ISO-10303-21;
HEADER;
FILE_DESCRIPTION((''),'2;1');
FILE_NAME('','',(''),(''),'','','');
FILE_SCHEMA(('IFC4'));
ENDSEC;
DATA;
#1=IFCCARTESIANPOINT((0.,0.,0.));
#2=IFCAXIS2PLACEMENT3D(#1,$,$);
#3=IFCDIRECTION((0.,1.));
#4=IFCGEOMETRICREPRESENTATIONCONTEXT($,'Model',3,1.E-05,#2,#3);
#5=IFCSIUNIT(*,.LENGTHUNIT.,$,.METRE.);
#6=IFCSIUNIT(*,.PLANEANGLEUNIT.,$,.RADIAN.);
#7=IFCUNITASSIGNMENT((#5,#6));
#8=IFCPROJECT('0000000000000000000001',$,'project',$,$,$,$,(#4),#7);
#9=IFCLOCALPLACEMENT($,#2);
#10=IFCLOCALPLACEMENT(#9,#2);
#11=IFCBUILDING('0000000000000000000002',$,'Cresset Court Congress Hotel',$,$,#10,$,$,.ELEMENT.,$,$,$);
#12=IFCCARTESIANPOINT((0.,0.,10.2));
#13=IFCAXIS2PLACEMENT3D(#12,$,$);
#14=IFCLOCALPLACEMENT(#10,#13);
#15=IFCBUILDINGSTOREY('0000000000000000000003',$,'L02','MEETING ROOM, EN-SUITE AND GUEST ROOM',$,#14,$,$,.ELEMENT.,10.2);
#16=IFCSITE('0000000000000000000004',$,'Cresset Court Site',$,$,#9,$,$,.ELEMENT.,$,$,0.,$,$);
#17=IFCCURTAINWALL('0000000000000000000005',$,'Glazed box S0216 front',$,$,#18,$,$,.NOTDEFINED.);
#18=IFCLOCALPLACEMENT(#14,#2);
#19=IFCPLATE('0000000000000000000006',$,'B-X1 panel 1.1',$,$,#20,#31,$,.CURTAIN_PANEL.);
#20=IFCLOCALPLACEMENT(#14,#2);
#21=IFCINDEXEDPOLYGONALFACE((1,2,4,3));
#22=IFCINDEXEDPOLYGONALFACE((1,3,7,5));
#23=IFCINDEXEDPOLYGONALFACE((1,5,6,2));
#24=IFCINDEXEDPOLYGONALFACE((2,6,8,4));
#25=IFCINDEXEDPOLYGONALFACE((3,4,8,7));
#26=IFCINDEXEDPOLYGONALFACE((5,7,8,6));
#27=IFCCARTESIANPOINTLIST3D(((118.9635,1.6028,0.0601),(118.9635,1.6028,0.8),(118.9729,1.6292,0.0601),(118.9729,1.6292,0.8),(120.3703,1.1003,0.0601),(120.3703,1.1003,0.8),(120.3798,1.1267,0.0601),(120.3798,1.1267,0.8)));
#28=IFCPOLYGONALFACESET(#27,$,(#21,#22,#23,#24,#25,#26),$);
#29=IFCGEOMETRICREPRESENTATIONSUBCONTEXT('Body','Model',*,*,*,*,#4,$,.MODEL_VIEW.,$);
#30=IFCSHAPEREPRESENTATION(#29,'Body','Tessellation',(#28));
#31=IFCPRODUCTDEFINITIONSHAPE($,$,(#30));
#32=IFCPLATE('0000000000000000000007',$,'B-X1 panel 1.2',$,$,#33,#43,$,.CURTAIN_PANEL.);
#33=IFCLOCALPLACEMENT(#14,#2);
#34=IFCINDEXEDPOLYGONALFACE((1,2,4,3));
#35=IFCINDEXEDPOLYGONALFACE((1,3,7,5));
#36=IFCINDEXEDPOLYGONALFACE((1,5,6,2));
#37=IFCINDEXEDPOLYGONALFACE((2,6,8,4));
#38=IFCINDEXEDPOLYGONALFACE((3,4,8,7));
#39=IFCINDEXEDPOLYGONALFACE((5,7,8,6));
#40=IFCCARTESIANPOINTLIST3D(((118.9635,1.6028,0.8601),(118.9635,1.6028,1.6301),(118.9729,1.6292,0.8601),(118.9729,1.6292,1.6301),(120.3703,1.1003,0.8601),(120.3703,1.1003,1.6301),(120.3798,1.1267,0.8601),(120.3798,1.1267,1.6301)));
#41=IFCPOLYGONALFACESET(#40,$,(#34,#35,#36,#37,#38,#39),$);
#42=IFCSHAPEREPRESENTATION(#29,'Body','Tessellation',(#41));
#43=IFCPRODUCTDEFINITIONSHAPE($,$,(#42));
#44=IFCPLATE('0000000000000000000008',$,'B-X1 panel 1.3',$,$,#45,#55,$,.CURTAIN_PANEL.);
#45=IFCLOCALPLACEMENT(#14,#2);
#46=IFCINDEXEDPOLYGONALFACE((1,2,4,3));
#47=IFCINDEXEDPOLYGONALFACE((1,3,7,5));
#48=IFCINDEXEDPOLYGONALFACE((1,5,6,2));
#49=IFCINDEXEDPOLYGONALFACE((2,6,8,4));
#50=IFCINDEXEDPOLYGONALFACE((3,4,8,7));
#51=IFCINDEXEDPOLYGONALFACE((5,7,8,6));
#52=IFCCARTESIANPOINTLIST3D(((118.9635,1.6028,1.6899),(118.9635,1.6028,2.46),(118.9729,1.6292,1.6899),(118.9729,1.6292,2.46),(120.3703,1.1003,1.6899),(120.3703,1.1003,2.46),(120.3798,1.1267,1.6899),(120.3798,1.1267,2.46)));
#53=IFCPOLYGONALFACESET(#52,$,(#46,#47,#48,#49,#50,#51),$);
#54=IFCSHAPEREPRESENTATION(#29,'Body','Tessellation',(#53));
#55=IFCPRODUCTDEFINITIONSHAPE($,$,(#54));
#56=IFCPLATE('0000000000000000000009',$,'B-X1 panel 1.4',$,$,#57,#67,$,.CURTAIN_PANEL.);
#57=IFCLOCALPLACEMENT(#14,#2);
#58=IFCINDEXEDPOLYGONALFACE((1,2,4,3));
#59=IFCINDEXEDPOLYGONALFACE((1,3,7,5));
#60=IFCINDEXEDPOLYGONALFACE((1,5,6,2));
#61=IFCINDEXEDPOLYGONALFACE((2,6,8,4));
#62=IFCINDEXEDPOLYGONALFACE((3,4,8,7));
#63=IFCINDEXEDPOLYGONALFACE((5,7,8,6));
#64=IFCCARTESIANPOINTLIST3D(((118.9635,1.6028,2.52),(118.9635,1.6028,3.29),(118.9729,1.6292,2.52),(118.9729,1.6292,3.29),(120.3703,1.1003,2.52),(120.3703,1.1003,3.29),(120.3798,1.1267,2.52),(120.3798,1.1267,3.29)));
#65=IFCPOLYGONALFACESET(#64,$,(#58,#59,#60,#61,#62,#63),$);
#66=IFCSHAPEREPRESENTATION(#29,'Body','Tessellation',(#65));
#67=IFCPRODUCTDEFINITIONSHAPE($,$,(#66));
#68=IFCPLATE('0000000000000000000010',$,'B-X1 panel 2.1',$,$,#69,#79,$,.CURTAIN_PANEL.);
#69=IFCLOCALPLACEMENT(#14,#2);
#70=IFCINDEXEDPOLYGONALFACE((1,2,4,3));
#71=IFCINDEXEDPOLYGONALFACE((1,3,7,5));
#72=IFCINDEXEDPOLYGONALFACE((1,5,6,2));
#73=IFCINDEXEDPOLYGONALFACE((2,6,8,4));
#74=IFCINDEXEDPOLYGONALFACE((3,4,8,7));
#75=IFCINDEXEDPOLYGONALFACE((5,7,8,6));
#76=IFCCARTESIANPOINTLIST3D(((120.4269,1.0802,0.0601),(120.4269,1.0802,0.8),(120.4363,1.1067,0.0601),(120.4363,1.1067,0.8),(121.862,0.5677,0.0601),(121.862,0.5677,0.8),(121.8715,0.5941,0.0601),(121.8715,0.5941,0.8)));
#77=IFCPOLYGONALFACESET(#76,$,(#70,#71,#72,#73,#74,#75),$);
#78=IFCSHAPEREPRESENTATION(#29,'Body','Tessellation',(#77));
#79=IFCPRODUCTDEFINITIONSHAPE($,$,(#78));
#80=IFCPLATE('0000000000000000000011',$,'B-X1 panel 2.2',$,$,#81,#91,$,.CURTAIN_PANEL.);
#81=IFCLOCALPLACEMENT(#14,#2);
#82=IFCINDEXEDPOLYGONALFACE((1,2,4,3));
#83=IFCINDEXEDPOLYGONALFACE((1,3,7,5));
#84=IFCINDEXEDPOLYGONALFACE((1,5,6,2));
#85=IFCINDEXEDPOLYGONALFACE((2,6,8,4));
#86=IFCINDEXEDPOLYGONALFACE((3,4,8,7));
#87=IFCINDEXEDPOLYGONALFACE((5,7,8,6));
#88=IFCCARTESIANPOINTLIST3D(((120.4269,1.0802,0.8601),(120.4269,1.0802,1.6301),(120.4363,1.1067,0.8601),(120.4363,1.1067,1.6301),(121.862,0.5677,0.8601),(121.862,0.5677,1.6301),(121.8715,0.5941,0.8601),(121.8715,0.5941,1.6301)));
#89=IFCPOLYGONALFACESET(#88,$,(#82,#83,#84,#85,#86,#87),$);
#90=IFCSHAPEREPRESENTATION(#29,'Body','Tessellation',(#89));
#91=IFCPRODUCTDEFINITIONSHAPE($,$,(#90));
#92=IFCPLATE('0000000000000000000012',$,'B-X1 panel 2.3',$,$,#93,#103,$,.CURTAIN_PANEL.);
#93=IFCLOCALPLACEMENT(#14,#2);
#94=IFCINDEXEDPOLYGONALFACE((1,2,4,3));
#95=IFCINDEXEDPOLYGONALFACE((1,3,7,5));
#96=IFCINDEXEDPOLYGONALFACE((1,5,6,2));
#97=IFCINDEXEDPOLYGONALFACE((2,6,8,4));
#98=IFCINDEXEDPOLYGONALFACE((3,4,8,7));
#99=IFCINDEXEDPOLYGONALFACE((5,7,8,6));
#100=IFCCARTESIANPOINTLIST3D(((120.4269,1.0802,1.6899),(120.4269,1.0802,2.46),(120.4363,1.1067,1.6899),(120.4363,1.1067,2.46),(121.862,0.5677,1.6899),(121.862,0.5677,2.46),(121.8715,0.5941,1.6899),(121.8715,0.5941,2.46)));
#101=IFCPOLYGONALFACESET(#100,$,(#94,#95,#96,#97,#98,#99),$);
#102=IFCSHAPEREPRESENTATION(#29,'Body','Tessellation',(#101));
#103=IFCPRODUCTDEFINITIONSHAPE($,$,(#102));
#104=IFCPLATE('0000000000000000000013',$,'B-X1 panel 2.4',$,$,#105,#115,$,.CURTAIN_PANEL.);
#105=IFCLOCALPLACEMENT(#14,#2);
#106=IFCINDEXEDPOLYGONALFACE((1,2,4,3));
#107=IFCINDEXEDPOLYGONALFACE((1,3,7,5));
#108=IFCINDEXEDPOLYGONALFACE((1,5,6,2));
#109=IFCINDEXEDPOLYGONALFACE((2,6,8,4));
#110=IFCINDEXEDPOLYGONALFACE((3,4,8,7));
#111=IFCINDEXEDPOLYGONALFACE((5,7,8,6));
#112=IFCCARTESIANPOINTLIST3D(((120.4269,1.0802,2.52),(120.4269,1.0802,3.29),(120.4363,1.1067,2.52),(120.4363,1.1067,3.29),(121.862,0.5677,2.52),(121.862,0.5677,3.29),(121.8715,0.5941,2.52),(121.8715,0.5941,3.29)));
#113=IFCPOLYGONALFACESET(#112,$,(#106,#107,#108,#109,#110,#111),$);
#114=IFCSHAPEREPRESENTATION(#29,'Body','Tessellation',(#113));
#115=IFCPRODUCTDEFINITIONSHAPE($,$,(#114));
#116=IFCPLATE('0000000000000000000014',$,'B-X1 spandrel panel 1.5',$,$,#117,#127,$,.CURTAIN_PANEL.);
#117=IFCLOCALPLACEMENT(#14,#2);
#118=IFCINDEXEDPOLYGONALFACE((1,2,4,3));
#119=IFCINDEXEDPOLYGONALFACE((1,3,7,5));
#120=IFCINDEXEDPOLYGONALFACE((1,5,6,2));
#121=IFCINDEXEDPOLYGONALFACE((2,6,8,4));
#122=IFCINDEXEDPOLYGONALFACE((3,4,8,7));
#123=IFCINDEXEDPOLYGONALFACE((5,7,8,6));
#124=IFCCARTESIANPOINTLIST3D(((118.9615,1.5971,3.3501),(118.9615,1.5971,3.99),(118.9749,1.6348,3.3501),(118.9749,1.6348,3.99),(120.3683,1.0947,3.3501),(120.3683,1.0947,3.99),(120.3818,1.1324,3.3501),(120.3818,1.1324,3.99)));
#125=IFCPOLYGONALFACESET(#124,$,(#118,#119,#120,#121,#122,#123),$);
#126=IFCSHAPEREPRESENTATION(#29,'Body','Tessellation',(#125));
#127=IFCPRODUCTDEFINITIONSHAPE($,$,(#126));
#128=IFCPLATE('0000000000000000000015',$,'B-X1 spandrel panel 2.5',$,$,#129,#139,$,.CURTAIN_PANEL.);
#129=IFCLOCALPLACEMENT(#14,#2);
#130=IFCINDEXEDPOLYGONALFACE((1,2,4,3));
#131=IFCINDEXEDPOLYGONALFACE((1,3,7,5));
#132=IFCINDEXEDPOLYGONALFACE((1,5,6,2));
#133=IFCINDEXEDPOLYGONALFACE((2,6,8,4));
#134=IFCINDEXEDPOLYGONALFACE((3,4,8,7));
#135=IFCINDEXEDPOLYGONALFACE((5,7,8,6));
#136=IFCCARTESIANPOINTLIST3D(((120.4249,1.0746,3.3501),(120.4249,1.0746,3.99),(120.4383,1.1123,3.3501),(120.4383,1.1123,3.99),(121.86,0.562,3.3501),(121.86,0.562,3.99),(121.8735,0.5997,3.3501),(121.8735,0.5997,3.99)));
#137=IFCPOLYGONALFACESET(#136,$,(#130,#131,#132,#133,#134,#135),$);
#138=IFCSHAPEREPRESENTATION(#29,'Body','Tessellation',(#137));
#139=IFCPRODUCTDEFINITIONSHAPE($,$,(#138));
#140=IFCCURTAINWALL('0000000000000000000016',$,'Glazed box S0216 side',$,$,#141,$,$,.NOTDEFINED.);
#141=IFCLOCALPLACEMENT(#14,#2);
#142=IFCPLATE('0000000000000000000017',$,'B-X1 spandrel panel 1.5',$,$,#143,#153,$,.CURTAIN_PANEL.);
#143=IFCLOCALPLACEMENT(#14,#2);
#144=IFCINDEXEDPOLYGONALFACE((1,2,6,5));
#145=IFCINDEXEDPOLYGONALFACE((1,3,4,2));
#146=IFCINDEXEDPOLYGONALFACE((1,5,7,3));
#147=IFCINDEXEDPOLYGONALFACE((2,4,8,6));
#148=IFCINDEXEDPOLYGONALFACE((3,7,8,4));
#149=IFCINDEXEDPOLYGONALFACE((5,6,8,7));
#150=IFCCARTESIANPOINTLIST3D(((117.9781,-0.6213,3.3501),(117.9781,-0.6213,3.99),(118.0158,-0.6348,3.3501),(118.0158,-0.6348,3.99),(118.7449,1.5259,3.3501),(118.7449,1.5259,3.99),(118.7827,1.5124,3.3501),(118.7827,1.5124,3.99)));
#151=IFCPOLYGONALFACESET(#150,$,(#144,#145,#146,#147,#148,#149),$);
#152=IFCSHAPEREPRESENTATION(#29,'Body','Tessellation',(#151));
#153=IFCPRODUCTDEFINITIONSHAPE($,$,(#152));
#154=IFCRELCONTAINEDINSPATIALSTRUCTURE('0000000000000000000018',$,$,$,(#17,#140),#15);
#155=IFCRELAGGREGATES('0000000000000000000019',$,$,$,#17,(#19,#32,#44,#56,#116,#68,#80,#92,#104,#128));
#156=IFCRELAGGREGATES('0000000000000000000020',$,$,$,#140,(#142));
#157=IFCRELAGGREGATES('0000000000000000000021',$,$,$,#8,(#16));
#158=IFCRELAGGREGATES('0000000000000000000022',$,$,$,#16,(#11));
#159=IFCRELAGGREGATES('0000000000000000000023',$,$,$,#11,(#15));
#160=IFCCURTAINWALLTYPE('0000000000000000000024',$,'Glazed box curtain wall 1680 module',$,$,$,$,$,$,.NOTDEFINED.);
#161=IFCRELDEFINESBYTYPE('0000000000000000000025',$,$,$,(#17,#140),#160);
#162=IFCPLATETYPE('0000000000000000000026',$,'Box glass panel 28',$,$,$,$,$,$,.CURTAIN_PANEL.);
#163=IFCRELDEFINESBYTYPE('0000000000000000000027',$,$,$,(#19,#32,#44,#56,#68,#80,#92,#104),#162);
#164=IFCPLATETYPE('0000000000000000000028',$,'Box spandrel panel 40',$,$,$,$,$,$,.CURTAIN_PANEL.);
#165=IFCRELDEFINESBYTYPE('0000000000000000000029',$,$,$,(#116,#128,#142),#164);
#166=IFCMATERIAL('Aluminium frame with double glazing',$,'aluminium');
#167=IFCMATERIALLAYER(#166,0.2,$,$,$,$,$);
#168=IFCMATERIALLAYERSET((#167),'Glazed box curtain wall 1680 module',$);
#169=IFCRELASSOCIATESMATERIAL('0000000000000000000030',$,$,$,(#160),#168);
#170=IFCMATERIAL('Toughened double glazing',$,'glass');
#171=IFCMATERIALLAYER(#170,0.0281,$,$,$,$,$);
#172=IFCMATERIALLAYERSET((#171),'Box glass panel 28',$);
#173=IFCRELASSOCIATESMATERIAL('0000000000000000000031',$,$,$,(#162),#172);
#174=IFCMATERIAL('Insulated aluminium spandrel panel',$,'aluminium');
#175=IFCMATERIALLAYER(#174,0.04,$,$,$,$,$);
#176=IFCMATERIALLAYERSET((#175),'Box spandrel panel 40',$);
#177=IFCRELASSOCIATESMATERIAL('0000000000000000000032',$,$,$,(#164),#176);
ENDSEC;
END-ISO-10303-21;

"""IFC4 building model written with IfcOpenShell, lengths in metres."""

from ifc_helpers import new_model, si_unit, direction, frame, origin, origin_2d, place, context, subcontext, project, spatial, rectangle, extrude, material, layer, layer_set, type_object, element, aggregate, save


model = new_model("IFC4")

# Units and contexts
model_context = context("Model", 3, precision=1e-05, world=origin(), true_north=direction((0.0, 1.0)))
body_context = subcontext(model_context, "Body", "Model", "MODEL_VIEW")
ifc_project = project(units=[si_unit("LENGTHUNIT", "METRE"), si_unit("PLANEANGLEUNIT", "RADIAN")], contexts=[model_context])

# Site, building, storey
site_placement = place(None, origin())
site = spatial("IfcSite", under=ifc_project, at=site_placement, Name="Cresset Court Site", CompositionType="ELEMENT", RefElevation=0.0)
building_placement = place(site_placement, origin())
building = spatial("IfcBuilding", under=site, at=building_placement, Name="Cresset Court Congress Hotel", CompositionType="ELEMENT")
storey_placement = place(building_placement, frame((0.0, 0.0, 10.2)))
storey = spatial("IfcBuildingStorey", under=building, at=storey_placement, Name="L02", Description="MEETING ROOM, EN-SUITE AND GUEST ROOM", CompositionType="ELEMENT", Elevation=10.2)

# Curtain wall, plates
ifc_material_1 = material(Name="Aluminium frame with double glazing", Category="aluminium")
ifc_layer_1 = layer(ifc_material_1, 0.2)
ifc_layer_set_1 = layer_set([ifc_layer_1], Name="Glazed box curtain wall 1680 module")
curtain_wall_type = type_object("IfcCurtainWallType", Name="Glazed box curtain wall 1680 module", PredefinedType="NOTDEFINED", material=ifc_layer_set_1)
curtain_wall_1_placement = place(storey_placement, origin())
curtain_wall_1 = element("IfcCurtainWall", 1, at=curtain_wall_1_placement, inside=storey, type_object=curtain_wall_type, Name="Glazed box S0216 front", PredefinedType="NOTDEFINED")
ifc_material_2 = material(Name="Toughened double glazing", Category="glass")
ifc_layer_2 = layer(ifc_material_2, 0.0281)
ifc_layer_set_2 = layer_set([ifc_layer_2], Name="Box glass panel 28")
plate_type_1 = type_object("IfcPlateType", Name="Box glass panel 28", PredefinedType="CURTAIN_PANEL", material=ifc_layer_set_2)
plate_1_placement = place(storey_placement, frame((119.6716, 1.3647, 0.0601), z_axis=(0.0, 0.0, 1.0), x_axis=(0.941742, -0.336336, 0.0)))
plate_1 = element("IfcPlate", 2, at=plate_1_placement, type_object=plate_type_1, Name="B-X1 panel 1.1", PredefinedType="CURTAIN_PANEL", context=body_context, shape_type="SweptSolid", body=[
    extrude(rectangle(XDim=1.4939, YDim=0.0281, at=origin_2d()), origin(), (0.0, 0.0, 1.0), 0.74),
])
plate_2_placement = place(storey_placement, frame((119.6716, 1.3647, 0.8601), z_axis=(0.0, 0.0, 1.0), x_axis=(0.941742, -0.336336, 0.0)))
plate_2 = element("IfcPlate", 3, at=plate_2_placement, type_object=plate_type_1, Name="B-X1 panel 1.2", PredefinedType="CURTAIN_PANEL", context=body_context, shape_type="SweptSolid", body=[
    extrude(rectangle(XDim=1.4939, YDim=0.0281, at=origin_2d()), origin(), (0.0, 0.0, 1.0), 0.77),
])
plate_3_placement = place(storey_placement, frame((119.6716, 1.3647, 1.6899), z_axis=(0.0, 0.0, 1.0), x_axis=(0.941742, -0.336336, 0.0)))
plate_3 = element("IfcPlate", 4, at=plate_3_placement, type_object=plate_type_1, Name="B-X1 panel 1.3", PredefinedType="CURTAIN_PANEL", context=body_context, shape_type="SweptSolid", body=[
    extrude(rectangle(XDim=1.4939, YDim=0.0281, at=origin_2d()), origin(), (0.0, 0.0, 1.0), 0.77),
])
plate_4_placement = place(storey_placement, frame((119.6716, 1.3647, 2.52), z_axis=(0.0, 0.0, 1.0), x_axis=(0.941742, -0.336336, 0.0)))
plate_4 = element("IfcPlate", 5, at=plate_4_placement, type_object=plate_type_1, Name="B-X1 panel 1.4", PredefinedType="CURTAIN_PANEL", context=body_context, shape_type="SweptSolid", body=[
    extrude(rectangle(XDim=1.4939, YDim=0.0281, at=origin_2d()), origin(), (0.0, 0.0, 1.0), 0.77),
])
plate_5_placement = place(storey_placement, frame((121.1492, 0.8372, 0.0601), z_axis=(0.0, 0.0, 1.0), x_axis=(0.941742, -0.336336, 0.0)))
plate_5 = element("IfcPlate", 6, at=plate_5_placement, type_object=plate_type_1, Name="B-X1 panel 2.1", PredefinedType="CURTAIN_PANEL", context=body_context, shape_type="SweptSolid", body=[
    extrude(rectangle(XDim=1.5239, YDim=0.0281, at=origin_2d()), origin(), (0.0, 0.0, 1.0), 0.74),
])
plate_6_placement = place(storey_placement, frame((121.1492, 0.8372, 0.8601), z_axis=(0.0, 0.0, 1.0), x_axis=(0.941742, -0.336336, 0.0)))
plate_6 = element("IfcPlate", 7, at=plate_6_placement, type_object=plate_type_1, Name="B-X1 panel 2.2", PredefinedType="CURTAIN_PANEL", context=body_context, shape_type="SweptSolid", body=[
    extrude(rectangle(XDim=1.5239, YDim=0.0281, at=origin_2d()), origin(), (0.0, 0.0, 1.0), 0.77),
])
plate_7_placement = place(storey_placement, frame((121.1492, 0.8372, 1.6899), z_axis=(0.0, 0.0, 1.0), x_axis=(0.941742, -0.336336, 0.0)))
plate_7 = element("IfcPlate", 8, at=plate_7_placement, type_object=plate_type_1, Name="B-X1 panel 2.3", PredefinedType="CURTAIN_PANEL", context=body_context, shape_type="SweptSolid", body=[
    extrude(rectangle(XDim=1.5239, YDim=0.0281, at=origin_2d()), origin(), (0.0, 0.0, 1.0), 0.77),
])
plate_8_placement = place(storey_placement, frame((121.1492, 0.8372, 2.52), z_axis=(0.0, 0.0, 1.0), x_axis=(0.941742, -0.336336, 0.0)))
plate_8 = element("IfcPlate", 9, at=plate_8_placement, type_object=plate_type_1, Name="B-X1 panel 2.4", PredefinedType="CURTAIN_PANEL", context=body_context, shape_type="SweptSolid", body=[
    extrude(rectangle(XDim=1.5239, YDim=0.0281, at=origin_2d()), origin(), (0.0, 0.0, 1.0), 0.77),
])
ifc_material_3 = material(Name="Insulated aluminium spandrel panel", Category="aluminium")
ifc_layer_3 = layer(ifc_material_3, 0.04)
ifc_layer_set_3 = layer_set([ifc_layer_3], Name="Box spandrel panel 40")
plate_type_2 = type_object("IfcPlateType", Name="Box spandrel panel 40", PredefinedType="CURTAIN_PANEL", material=ifc_layer_set_3)
plate_9_placement = place(storey_placement, frame((119.6716, 1.3647, 3.3501), z_axis=(0.0, 0.0, 1.0), x_axis=(0.941742, -0.336336, 0.0)))
plate_9 = element("IfcPlate", 10, at=plate_9_placement, type_object=plate_type_2, Name="B-X1 spandrel panel 1.5", PredefinedType="CURTAIN_PANEL", context=body_context, shape_type="SweptSolid", body=[
    extrude(rectangle(XDim=1.4939, YDim=0.04, at=origin_2d()), origin(), (0.0, 0.0, 1.0), 0.6399),
])
plate_10_placement = place(storey_placement, frame((121.1492, 0.8372, 3.3501), z_axis=(0.0, 0.0, 1.0), x_axis=(0.941742, -0.336336, 0.0)))
plate_10 = element("IfcPlate", 11, at=plate_10_placement, type_object=plate_type_2, Name="B-X1 spandrel panel 2.5", PredefinedType="CURTAIN_PANEL", context=body_context, shape_type="SweptSolid", body=[
    extrude(rectangle(XDim=1.5239, YDim=0.04, at=origin_2d()), origin(), (0.0, 0.0, 1.0), 0.6399),
])
aggregate(curtain_wall_1, [plate_1, plate_2, plate_3, plate_4, plate_9, plate_5, plate_6, plate_7, plate_8, plate_10])

# Curtain wall, plate
curtain_wall_2_placement = place(storey_placement, origin())
curtain_wall_2 = element("IfcCurtainWall", 12, at=curtain_wall_2_placement, inside=storey, type_object=curtain_wall_type, Name="Glazed box S0216 side", PredefinedType="NOTDEFINED")
plate_11_placement = place(storey_placement, frame((118.3804, 0.4456, 3.3501), z_axis=(0.0, 0.0, 1.0), x_axis=(0.336336, 0.941742, 0.0)))
plate_11 = element("IfcPlate", 13, at=plate_11_placement, type_object=plate_type_2, Name="B-X1 spandrel panel 1.5", PredefinedType="CURTAIN_PANEL", context=body_context, shape_type="SweptSolid", body=[
    extrude(rectangle(XDim=2.28, YDim=0.04, at=origin_2d()), origin(), (0.0, 0.0, 1.0), 0.6399),
])
aggregate(curtain_wall_2, [plate_11])

save(model, "model.ifc")
